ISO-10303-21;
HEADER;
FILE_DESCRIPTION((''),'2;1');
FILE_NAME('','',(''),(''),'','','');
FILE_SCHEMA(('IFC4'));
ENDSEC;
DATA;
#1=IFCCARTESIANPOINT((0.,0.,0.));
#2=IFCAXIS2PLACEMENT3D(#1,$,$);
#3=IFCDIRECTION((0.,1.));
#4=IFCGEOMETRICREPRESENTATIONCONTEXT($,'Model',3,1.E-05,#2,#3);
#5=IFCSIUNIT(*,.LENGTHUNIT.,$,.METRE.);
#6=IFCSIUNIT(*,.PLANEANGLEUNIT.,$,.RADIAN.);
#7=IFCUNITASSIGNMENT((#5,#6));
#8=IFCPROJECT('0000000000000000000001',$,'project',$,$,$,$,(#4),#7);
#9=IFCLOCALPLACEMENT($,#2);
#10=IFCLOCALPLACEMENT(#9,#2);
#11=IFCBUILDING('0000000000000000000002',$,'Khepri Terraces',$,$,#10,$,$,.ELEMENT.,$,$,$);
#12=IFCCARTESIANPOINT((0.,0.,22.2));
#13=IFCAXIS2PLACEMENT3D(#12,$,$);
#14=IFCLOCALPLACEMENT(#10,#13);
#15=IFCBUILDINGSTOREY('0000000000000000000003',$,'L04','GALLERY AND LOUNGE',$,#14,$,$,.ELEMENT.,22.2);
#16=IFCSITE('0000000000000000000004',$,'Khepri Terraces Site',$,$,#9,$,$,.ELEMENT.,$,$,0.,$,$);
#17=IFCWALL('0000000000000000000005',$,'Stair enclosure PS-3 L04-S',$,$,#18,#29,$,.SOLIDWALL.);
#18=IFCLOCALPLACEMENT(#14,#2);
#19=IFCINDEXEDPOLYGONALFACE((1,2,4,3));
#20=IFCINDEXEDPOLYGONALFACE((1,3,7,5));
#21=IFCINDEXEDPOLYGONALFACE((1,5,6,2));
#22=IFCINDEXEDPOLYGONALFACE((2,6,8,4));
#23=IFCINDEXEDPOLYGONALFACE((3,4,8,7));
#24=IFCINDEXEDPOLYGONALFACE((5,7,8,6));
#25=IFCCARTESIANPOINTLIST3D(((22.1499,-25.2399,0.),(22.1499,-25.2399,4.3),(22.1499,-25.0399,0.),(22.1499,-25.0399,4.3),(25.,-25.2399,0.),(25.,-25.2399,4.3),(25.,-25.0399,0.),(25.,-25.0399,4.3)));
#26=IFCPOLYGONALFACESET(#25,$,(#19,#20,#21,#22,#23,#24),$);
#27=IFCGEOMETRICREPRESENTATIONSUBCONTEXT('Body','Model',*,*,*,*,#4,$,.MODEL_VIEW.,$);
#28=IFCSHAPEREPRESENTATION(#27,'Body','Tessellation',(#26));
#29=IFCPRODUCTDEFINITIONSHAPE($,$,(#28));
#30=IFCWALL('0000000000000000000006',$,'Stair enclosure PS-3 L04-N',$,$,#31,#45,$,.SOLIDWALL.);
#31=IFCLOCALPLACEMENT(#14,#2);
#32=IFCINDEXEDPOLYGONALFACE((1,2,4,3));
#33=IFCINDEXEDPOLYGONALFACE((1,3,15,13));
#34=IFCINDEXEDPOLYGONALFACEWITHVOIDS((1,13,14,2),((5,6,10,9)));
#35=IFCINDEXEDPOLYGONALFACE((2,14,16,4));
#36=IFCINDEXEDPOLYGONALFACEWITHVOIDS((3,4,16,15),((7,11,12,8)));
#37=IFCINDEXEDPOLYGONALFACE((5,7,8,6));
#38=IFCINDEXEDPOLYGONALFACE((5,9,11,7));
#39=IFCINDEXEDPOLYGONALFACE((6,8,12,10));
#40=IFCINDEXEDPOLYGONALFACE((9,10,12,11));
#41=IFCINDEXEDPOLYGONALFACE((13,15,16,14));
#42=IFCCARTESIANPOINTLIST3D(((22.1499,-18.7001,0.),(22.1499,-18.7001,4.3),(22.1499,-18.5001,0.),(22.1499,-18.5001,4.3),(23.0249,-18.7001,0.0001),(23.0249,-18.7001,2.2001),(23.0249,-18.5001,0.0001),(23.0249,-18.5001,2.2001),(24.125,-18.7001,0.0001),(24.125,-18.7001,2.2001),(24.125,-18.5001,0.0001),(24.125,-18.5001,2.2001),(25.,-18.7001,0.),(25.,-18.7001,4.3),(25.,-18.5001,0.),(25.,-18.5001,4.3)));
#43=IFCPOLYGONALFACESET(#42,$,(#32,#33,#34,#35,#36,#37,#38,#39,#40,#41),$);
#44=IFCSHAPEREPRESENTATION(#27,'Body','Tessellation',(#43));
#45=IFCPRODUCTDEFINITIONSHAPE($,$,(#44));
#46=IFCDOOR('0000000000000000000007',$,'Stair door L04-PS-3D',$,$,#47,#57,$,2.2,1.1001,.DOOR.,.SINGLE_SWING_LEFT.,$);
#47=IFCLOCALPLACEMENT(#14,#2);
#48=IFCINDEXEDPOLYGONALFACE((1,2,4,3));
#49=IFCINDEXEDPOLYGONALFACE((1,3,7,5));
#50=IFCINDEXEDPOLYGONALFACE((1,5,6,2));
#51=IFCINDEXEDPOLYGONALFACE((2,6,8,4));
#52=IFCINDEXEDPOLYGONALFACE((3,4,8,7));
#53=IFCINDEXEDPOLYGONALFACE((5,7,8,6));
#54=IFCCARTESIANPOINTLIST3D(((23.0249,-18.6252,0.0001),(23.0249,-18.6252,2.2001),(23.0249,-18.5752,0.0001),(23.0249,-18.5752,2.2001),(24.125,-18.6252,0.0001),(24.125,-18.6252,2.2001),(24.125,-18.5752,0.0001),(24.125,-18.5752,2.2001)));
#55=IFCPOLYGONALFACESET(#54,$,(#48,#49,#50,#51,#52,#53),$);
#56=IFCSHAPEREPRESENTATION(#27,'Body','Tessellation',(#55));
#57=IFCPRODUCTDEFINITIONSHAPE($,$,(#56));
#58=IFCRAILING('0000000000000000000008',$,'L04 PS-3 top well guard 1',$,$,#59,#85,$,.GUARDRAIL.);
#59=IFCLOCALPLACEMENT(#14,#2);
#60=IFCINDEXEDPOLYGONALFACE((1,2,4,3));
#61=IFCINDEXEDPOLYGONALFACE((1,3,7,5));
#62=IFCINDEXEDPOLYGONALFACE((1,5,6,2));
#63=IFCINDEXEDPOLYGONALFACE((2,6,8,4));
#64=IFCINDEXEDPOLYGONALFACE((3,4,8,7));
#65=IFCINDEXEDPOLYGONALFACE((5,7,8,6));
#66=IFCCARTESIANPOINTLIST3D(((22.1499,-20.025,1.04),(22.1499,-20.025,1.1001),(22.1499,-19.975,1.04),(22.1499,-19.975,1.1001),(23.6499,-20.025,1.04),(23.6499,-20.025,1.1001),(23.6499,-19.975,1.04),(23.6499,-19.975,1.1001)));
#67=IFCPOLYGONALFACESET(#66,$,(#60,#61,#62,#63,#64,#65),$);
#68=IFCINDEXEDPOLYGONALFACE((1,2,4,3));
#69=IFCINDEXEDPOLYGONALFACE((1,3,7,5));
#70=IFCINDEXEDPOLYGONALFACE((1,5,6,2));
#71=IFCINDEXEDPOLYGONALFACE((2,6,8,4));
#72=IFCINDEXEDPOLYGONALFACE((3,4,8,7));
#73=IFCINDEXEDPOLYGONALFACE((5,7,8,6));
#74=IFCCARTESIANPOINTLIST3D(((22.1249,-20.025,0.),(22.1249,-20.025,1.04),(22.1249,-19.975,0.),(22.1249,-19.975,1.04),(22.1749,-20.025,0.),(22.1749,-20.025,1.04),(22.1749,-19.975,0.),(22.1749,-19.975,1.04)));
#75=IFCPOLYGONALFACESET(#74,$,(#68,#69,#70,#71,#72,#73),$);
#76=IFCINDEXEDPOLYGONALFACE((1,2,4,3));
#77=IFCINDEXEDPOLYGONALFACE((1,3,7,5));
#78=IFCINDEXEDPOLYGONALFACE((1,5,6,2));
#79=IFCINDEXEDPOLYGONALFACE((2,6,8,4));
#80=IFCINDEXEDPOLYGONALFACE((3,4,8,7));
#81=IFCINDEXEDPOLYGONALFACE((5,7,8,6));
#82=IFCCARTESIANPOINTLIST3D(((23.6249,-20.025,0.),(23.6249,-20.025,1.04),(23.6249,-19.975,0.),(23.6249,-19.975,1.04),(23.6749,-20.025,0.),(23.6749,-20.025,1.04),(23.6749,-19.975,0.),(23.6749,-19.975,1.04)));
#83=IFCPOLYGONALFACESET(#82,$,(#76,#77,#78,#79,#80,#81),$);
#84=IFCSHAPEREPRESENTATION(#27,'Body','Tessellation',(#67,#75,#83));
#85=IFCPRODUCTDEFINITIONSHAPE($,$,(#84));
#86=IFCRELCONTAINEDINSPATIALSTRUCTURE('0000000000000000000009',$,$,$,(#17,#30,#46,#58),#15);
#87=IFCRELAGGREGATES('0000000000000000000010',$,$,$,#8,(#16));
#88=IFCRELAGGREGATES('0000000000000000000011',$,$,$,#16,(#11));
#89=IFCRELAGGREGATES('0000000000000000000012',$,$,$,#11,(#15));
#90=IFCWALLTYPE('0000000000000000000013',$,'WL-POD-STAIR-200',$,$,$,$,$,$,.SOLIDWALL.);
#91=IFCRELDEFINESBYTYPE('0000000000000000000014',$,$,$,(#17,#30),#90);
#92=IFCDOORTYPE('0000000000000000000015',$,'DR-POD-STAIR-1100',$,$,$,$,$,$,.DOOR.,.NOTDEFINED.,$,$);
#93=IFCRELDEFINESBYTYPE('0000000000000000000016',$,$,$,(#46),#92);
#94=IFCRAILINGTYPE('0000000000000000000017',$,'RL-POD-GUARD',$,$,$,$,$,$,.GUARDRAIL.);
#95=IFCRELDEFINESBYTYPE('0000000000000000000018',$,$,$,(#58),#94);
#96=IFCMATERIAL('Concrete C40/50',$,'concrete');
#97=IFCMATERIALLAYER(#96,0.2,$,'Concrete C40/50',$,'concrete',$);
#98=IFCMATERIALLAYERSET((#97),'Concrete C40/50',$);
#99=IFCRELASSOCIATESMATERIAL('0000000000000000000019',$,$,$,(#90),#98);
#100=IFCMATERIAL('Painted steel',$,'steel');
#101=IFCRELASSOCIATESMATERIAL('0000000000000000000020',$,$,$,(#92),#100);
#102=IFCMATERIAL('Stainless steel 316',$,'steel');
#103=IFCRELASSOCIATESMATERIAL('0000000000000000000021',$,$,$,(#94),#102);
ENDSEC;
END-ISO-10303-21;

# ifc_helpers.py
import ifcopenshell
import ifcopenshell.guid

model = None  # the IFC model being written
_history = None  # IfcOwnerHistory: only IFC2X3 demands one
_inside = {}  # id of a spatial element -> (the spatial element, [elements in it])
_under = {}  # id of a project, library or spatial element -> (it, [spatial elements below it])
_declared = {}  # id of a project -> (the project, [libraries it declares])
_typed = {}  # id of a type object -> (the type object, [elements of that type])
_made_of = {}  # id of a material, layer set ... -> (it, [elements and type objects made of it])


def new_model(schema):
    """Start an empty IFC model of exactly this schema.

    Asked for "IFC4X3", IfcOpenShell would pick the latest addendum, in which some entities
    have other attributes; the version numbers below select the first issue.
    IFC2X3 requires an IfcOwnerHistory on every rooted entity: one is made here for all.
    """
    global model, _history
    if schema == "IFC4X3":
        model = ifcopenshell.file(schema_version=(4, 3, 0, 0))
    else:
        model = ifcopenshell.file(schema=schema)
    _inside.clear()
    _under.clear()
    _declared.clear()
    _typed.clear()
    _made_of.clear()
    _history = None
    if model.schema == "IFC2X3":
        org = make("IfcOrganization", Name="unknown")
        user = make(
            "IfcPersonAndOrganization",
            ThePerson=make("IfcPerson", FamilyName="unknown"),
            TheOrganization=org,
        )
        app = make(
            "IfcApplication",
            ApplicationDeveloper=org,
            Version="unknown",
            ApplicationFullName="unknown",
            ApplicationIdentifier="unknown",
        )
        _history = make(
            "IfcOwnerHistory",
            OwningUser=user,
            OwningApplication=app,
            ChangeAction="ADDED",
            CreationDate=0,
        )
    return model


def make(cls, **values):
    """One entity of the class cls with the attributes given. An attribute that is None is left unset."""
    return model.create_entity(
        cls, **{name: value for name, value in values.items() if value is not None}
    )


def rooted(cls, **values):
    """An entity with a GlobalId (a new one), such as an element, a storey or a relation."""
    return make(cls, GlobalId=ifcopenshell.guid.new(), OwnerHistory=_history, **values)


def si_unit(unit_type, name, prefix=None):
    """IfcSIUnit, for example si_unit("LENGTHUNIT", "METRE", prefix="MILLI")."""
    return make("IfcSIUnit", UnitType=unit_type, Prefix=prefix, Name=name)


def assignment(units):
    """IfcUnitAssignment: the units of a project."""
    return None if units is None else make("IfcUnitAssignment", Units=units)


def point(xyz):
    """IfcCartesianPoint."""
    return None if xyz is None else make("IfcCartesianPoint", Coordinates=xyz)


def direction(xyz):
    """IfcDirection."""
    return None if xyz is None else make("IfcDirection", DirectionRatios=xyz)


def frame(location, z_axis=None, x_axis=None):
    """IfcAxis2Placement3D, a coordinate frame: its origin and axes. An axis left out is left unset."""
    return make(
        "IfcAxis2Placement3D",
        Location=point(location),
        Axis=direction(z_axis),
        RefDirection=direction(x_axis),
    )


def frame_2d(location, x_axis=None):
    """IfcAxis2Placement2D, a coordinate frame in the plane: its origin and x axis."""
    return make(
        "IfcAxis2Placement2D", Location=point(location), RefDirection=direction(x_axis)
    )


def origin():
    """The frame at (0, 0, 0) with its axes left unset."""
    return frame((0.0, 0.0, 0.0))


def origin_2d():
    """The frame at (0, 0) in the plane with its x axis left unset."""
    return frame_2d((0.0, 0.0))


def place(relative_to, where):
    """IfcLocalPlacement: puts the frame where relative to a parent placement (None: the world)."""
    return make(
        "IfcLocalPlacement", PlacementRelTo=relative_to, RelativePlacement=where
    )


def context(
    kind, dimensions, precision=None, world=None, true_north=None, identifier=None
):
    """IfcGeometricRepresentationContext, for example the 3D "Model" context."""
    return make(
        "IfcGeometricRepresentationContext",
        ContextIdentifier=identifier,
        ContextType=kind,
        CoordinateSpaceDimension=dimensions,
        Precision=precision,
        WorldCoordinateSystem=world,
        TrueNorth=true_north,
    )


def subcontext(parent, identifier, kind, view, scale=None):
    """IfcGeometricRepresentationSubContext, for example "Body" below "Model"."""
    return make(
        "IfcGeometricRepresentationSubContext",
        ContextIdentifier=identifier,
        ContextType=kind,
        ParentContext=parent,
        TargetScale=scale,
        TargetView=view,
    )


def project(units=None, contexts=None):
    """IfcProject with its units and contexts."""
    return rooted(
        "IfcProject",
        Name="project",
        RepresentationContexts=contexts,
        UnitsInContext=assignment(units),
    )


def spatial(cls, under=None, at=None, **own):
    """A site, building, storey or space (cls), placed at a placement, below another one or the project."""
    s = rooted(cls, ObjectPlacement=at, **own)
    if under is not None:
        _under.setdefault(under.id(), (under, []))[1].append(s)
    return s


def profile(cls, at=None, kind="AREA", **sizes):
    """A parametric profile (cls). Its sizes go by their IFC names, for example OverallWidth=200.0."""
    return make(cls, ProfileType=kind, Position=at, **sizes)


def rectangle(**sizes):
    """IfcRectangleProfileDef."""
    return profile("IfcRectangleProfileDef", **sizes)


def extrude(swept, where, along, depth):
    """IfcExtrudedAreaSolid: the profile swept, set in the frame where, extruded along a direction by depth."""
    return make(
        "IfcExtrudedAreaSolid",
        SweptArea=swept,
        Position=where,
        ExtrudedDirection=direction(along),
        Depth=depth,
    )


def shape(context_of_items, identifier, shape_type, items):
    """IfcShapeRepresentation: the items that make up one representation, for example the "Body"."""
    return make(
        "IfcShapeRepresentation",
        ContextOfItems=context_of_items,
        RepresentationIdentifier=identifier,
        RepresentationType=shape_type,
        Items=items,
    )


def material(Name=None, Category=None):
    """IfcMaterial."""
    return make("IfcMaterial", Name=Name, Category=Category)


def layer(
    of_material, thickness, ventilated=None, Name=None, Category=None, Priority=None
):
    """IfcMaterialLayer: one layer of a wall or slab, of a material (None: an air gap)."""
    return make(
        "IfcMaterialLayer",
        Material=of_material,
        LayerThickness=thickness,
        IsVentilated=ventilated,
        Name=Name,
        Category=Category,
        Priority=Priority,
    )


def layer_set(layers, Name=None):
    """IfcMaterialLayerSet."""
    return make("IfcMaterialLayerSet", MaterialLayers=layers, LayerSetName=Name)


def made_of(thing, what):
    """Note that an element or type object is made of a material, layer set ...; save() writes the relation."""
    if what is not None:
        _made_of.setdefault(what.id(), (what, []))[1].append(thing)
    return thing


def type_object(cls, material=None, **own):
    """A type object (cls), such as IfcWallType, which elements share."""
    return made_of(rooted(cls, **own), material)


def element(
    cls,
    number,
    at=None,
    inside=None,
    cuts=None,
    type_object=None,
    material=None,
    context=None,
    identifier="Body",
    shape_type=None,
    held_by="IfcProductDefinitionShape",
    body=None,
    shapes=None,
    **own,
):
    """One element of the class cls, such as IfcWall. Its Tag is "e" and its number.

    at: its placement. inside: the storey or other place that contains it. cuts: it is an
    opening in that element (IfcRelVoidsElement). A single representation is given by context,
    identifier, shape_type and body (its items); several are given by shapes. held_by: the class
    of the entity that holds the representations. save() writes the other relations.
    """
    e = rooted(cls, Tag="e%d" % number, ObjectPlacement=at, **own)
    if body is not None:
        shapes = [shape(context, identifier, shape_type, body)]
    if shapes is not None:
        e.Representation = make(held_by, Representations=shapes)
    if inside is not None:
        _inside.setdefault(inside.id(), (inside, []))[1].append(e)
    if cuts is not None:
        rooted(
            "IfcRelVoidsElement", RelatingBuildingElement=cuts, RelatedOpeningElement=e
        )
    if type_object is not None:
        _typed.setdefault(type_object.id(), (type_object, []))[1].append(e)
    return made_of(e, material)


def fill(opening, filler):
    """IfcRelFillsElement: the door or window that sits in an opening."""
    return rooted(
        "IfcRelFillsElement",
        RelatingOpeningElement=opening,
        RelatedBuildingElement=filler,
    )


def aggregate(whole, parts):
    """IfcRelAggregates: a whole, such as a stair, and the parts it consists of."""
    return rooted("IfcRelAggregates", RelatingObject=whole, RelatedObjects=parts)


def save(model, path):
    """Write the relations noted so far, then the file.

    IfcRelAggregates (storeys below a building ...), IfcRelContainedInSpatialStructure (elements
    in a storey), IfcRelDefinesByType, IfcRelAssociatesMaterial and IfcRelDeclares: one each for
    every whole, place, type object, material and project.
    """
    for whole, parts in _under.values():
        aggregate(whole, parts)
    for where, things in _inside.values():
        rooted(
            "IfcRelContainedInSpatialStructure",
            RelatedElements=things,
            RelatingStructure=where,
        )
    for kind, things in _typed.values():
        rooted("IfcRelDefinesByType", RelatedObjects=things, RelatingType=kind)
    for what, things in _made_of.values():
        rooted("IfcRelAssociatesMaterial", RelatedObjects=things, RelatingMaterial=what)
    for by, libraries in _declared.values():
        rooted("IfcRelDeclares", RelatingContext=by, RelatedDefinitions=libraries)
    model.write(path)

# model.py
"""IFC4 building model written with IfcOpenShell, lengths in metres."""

from ifc_helpers import new_model, si_unit, direction, frame, frame_2d, origin, origin_2d, place, context, subcontext, project, spatial, rectangle, extrude, material, layer, layer_set, type_object, element, fill, save


model = new_model("IFC4")

# Units and contexts
model_context = context("Model", 3, precision=1e-05, world=origin(), true_north=direction((0.0, 1.0)))
body_context = subcontext(model_context, "Body", "Model", "MODEL_VIEW")
ifc_project = project(units=[si_unit("LENGTHUNIT", "METRE"), si_unit("PLANEANGLEUNIT", "RADIAN")], contexts=[model_context])

# Site, building, storey
site_placement = place(None, origin())
site = spatial("IfcSite", under=ifc_project, at=site_placement, Name="Khepri Terraces Site", CompositionType="ELEMENT", RefElevation=0.0)
building_placement = place(site_placement, origin())
building = spatial("IfcBuilding", under=site, at=building_placement, Name="Khepri Terraces", CompositionType="ELEMENT")
storey_placement = place(building_placement, frame((0.0, 0.0, 22.2)))
storey = spatial("IfcBuildingStorey", under=building, at=storey_placement, Name="L04", Description="GALLERY AND LOUNGE", CompositionType="ELEMENT", Elevation=22.2)

# Wall
ifc_material_1 = material(Name="Concrete C40/50", Category="concrete")
ifc_layer_1 = layer(ifc_material_1, 0.2, Name="Concrete C40/50", Category="concrete")
ifc_layer_set_1 = layer_set([ifc_layer_1], Name="Concrete C40/50")
wall_type_1 = type_object("IfcWallType", Name="WL-POD-STAIR-200", PredefinedType="SOLIDWALL", material=ifc_layer_set_1)
wall_1_placement = place(storey_placement, frame((22.1499, -25.1399, 0.0), z_axis=(0.0, 0.0, 1.0), x_axis=(1.0, 0.0, 0.0)))
element("IfcWall", 1, at=wall_1_placement, inside=storey, type_object=wall_type_1, Name="Stair enclosure PS-3 L04-S", PredefinedType="SOLIDWALL", context=body_context, shape_type="SweptSolid", body=[
    extrude(rectangle(XDim=2.8501, YDim=0.2, at=frame_2d((1.425, 0.0))), origin(), (0.0, 0.0, 1.0), 4.3),
])

# Wall, opening, door
wall_2_placement = place(storey_placement, frame((22.1499, -18.6001, 0.0), z_axis=(0.0, 0.0, 1.0), x_axis=(1.0, 0.0, 0.0)))
wall_2 = element("IfcWall", 2, at=wall_2_placement, inside=storey, type_object=wall_type_1, Name="Stair enclosure PS-3 L04-N", PredefinedType="SOLIDWALL", context=body_context, shape_type="SweptSolid", body=[
    extrude(rectangle(XDim=2.8501, YDim=0.2, at=frame_2d((1.425, 0.0))), origin(), (0.0, 0.0, 1.0), 4.3),
])
opening_1_placement = place(wall_2_placement, frame((0.875, 0.0, 0.0)))
opening_1 = element("IfcOpeningElement", 3, at=opening_1_placement, cuts=wall_2, PredefinedType="OPENING", context=body_context, shape_type="SweptSolid", body=[
    extrude(rectangle(XDim=1.1001, YDim=2.2, at=frame_2d((0.55, 1.1001))), frame((0.0, 0.1099, 0.0), z_axis=(0.0, -1.0, 0.0), x_axis=(1.0, 0.0, 0.0)), (0.0, 0.0, 1.0), 0.22),
])
ifc_material_2 = material(Name="Painted steel", Category="steel")
door_type = type_object("IfcDoorType", Name="DR-POD-STAIR-1100", OperationType="NOTDEFINED", PredefinedType="DOOR", material=ifc_material_2)
door_placement = place(opening_1_placement, origin())
door = element("IfcDoor", 4, at=door_placement, inside=storey, type_object=door_type, Name="Stair door L04-PS-3D", OperationType="SINGLE_SWING_LEFT", OverallHeight=2.2, OverallWidth=1.1001, PredefinedType="DOOR", context=body_context, shape_type="SweptSolid", body=[
    extrude(rectangle(XDim=1.1001, YDim=2.2, at=frame_2d((0.55, 1.1001))), frame((0.0, 0.0249, 0.0), z_axis=(0.0, -1.0, 0.0), x_axis=(1.0, 0.0, 0.0)), (0.0, 0.0, 1.0), 0.05),
])
fill(opening_1, door)

# Railing
ifc_material_3 = material(Name="Stainless steel 316", Category="steel")
railing_type_1 = type_object("IfcRailingType", Name="RL-POD-GUARD", PredefinedType="GUARDRAIL", material=ifc_material_3)
railing_1_placement = place(storey_placement, frame((22.1499, -20.0, 0.0)))
element("IfcRailing", 5, at=railing_1_placement, inside=storey, type_object=railing_type_1, Name="L04 PS-3 top well guard 1", PredefinedType="GUARDRAIL", context=body_context, shape_type="SweptSolid", body=[
    extrude(rectangle(XDim=0.05, YDim=0.0601, at=origin_2d()), frame((0.0, 0.0, 1.0701), z_axis=(1.0, 0.0, 0.0), x_axis=(0.0, 1.0, 0.0)), (0.0, 0.0, 1.0), 1.5),
    extrude(rectangle(XDim=0.05, YDim=0.05, at=origin_2d()), origin(), (0.0, 0.0, 1.0), 1.04),
    extrude(rectangle(XDim=0.05, YDim=0.05, at=origin_2d()), frame((1.5, 0.0, 0.0)), (0.0, 0.0, 1.0), 1.04),
])

save(model, "model.ifc")
